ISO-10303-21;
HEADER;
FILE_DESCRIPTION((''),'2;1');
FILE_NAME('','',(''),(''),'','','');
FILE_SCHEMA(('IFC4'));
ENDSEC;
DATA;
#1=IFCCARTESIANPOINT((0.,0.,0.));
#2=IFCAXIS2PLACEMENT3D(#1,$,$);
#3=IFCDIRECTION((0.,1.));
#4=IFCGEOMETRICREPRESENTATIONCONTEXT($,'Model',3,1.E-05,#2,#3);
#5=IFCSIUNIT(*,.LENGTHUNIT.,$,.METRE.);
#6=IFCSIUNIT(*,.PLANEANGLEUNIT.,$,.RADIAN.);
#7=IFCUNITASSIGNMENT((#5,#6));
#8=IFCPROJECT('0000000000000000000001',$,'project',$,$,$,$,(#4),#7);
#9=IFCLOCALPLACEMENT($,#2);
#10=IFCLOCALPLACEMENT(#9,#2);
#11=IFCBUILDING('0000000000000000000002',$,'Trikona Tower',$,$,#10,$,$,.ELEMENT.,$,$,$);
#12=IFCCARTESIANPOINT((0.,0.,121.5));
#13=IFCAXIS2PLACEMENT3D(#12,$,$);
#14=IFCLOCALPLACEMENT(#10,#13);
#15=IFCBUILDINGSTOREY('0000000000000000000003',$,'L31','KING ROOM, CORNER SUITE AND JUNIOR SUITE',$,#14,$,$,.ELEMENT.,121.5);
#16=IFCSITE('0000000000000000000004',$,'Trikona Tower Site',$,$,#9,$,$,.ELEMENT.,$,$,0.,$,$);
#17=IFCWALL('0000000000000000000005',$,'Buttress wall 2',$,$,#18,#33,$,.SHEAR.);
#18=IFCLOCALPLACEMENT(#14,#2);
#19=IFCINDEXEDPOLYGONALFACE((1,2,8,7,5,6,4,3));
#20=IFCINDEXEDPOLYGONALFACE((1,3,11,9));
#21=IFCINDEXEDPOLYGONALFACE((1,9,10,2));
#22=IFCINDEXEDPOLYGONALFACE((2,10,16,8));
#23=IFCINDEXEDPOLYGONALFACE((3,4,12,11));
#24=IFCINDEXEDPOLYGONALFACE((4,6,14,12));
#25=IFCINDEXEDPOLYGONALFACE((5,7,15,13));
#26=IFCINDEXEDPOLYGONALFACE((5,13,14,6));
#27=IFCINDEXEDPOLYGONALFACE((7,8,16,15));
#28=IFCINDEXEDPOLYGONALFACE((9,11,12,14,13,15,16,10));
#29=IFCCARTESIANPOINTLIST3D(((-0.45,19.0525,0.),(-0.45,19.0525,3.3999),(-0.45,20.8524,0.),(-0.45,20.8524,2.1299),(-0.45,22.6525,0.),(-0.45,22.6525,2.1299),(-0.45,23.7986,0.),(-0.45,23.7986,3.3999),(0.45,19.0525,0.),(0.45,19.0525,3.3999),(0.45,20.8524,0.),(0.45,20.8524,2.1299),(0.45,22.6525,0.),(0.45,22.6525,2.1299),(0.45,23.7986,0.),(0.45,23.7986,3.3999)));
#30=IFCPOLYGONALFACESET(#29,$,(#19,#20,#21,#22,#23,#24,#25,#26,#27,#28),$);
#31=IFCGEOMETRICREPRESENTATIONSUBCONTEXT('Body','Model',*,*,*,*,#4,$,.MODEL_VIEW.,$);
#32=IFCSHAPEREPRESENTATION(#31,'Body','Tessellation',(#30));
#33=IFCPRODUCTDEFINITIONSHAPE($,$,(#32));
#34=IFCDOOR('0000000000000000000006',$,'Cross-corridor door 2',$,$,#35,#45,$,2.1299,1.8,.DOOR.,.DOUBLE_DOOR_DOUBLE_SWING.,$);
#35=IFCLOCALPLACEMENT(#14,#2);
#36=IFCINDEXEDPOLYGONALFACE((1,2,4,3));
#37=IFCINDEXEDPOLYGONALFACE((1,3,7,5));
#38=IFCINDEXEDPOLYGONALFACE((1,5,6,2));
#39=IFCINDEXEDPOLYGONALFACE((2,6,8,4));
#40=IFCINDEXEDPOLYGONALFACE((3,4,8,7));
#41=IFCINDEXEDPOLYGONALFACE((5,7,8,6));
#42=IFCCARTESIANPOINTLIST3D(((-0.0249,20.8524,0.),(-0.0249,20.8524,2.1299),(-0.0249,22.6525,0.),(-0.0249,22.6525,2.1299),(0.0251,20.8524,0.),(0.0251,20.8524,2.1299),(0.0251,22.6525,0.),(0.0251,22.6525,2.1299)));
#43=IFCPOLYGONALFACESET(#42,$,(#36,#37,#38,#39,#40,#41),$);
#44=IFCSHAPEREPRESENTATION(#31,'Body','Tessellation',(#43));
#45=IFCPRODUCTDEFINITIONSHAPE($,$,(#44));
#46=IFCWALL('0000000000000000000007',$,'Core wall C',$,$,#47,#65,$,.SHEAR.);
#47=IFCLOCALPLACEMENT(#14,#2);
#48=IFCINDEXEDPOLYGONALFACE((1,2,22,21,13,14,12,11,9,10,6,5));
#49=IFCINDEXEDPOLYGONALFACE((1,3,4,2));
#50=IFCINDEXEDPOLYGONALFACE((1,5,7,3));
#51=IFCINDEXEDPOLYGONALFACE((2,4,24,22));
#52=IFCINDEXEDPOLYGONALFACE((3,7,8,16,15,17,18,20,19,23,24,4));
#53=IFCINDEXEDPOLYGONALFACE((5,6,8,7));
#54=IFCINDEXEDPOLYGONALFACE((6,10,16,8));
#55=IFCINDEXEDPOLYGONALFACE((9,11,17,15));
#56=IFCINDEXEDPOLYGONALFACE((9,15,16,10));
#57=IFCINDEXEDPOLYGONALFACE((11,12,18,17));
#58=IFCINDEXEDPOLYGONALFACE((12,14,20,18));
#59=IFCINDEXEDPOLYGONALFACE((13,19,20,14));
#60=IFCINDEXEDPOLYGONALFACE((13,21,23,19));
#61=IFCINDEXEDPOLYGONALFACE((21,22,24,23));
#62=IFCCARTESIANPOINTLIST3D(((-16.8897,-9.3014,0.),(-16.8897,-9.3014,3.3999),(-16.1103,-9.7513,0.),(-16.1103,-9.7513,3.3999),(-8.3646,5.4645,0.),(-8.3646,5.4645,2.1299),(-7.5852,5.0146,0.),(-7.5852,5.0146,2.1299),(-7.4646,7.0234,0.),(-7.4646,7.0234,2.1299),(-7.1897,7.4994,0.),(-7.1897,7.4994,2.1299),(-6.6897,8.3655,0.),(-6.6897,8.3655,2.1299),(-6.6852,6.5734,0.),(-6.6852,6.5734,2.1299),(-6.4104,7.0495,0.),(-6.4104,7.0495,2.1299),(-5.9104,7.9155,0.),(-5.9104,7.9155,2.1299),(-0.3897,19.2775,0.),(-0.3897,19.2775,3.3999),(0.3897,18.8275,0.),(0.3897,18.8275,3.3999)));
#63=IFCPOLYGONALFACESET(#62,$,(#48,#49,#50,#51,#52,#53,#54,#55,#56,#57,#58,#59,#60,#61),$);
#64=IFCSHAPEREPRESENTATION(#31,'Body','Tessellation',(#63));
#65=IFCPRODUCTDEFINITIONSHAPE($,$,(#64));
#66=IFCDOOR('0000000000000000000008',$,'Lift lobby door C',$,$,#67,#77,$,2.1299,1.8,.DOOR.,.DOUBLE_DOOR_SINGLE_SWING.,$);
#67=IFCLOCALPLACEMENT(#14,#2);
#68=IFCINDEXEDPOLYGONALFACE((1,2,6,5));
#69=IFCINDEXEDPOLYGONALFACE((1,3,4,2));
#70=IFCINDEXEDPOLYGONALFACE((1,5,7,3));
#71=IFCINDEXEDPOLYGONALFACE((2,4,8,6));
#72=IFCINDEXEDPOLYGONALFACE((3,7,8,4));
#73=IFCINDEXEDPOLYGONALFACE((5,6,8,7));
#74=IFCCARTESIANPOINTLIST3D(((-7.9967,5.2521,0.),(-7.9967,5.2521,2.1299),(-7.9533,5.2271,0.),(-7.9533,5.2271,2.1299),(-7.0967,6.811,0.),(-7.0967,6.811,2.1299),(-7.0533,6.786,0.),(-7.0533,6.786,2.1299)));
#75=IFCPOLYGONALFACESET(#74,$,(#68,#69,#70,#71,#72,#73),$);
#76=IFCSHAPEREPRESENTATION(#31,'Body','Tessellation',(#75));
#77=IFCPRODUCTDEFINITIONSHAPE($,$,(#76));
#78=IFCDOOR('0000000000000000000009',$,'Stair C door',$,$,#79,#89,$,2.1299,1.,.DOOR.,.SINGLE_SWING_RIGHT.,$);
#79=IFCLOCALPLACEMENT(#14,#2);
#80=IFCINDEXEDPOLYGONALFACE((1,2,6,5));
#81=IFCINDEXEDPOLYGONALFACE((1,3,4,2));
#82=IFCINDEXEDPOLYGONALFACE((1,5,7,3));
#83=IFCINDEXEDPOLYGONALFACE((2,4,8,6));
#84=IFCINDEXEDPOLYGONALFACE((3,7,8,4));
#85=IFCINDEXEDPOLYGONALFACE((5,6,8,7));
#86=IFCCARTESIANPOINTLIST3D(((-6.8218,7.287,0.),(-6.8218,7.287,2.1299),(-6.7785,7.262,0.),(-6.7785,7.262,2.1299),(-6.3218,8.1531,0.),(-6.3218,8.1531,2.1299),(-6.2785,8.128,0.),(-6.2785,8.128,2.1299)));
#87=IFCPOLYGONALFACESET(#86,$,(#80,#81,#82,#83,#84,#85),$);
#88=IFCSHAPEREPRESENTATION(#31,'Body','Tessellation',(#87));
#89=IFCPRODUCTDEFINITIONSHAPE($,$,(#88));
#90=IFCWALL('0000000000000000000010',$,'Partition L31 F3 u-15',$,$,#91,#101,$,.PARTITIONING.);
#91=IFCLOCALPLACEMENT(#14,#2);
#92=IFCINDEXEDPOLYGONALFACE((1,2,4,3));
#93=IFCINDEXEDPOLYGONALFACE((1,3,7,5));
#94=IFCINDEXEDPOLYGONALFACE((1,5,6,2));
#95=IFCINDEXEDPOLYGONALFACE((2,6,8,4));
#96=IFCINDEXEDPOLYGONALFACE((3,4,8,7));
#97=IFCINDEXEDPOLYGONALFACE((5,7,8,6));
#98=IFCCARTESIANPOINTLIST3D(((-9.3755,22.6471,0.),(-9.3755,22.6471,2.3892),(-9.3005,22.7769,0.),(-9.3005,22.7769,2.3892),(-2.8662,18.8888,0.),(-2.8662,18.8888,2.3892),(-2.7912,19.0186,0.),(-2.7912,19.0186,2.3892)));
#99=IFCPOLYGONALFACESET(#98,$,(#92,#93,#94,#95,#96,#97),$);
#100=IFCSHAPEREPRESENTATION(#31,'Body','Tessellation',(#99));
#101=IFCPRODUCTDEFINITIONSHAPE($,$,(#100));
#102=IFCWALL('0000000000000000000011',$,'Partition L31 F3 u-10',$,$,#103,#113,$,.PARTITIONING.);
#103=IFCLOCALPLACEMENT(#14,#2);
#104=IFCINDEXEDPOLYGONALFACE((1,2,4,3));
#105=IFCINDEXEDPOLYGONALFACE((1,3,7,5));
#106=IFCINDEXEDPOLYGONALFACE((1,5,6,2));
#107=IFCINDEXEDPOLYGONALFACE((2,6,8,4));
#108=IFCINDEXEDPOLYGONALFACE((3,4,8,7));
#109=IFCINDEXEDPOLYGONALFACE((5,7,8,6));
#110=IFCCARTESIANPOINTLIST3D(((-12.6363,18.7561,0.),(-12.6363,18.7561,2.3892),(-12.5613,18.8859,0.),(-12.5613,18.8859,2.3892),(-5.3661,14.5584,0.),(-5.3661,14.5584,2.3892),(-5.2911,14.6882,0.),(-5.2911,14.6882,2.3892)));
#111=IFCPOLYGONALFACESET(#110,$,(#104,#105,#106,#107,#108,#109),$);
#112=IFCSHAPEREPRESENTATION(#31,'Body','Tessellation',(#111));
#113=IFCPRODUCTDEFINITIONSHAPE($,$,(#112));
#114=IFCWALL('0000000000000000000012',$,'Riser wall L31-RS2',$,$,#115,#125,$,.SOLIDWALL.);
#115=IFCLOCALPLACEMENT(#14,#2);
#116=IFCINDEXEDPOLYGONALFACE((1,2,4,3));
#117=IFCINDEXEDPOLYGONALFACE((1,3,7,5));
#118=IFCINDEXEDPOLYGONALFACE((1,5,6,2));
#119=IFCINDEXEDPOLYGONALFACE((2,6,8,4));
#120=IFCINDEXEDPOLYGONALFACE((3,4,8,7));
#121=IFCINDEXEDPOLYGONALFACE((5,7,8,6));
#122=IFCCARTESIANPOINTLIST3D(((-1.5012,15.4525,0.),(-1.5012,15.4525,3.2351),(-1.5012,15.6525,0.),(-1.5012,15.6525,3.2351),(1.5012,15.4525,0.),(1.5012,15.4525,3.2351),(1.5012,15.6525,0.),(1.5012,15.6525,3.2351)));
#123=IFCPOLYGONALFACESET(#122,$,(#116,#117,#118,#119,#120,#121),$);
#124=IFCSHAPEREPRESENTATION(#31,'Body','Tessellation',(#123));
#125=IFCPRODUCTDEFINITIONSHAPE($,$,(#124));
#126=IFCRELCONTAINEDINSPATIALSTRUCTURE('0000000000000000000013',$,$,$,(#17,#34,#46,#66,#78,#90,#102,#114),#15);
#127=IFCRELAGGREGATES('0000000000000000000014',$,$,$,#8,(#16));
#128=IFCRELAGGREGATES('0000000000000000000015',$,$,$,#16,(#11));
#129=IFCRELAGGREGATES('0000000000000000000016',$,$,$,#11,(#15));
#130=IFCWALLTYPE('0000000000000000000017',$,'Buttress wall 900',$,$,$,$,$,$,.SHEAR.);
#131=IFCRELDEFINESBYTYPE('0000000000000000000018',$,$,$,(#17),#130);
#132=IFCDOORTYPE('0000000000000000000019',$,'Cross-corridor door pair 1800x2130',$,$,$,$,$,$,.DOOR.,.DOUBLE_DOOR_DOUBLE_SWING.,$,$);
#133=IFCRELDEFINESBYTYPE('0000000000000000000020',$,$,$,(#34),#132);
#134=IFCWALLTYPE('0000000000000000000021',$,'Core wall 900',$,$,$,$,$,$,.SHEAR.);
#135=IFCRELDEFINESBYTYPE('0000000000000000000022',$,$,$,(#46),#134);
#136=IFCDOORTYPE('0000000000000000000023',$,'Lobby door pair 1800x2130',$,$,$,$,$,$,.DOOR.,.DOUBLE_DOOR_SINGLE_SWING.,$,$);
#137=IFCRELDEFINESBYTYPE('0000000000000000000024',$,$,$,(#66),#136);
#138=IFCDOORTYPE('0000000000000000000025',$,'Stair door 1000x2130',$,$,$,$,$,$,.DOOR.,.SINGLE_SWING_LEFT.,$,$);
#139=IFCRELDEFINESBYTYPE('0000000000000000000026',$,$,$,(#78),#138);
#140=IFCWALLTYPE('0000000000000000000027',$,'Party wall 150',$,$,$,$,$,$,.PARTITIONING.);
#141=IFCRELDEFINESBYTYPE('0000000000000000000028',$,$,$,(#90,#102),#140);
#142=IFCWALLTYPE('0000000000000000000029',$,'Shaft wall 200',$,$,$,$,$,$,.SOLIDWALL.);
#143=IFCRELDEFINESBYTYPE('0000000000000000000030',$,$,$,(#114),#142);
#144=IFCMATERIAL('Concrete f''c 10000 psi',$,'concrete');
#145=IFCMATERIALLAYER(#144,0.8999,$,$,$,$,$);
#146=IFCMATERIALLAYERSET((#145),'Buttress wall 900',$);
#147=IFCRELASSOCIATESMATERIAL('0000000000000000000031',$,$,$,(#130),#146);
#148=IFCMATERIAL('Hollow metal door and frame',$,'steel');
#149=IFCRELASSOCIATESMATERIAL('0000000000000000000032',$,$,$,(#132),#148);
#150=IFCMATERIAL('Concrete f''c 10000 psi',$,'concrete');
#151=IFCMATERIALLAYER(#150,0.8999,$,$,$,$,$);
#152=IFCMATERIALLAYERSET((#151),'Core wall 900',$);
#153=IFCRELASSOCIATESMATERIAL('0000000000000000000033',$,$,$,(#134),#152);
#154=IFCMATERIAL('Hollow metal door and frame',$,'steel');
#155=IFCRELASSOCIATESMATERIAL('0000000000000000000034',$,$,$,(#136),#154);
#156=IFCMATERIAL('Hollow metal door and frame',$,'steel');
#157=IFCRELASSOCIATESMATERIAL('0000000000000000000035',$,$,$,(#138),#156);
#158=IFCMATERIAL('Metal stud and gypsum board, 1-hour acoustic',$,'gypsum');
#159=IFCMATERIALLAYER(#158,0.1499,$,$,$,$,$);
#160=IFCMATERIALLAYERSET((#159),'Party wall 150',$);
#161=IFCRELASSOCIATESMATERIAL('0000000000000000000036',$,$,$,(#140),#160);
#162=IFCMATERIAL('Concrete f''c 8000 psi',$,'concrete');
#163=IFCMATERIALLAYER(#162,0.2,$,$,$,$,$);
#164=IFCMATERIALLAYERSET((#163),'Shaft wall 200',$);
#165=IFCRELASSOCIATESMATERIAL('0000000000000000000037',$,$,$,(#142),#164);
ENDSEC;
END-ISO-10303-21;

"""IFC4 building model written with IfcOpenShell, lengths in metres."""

from ifc_helpers import new_model, si_unit, direction, frame, frame_2d, origin, place, context, subcontext, project, spatial, rectangle, extrude, material, layer, layer_set, type_object, element, fill, save


model = new_model("IFC4")

# Units and contexts
model_context = context("Model", 3, precision=1e-05, world=origin(), true_north=direction((0.0, 1.0)))
body_context = subcontext(model_context, "Body", "Model", "MODEL_VIEW")
ifc_project = project(units=[si_unit("LENGTHUNIT", "METRE"), si_unit("PLANEANGLEUNIT", "RADIAN")], contexts=[model_context])

# Site, building, storey
site_placement = place(None, origin())
site = spatial("IfcSite", under=ifc_project, at=site_placement, Name="Trikona Tower Site", CompositionType="ELEMENT", RefElevation=0.0)
building_placement = place(site_placement, origin())
building = spatial("IfcBuilding", under=site, at=building_placement, Name="Trikona Tower", CompositionType="ELEMENT")
storey_placement = place(building_placement, frame((0.0, 0.0, 121.5)))
storey = spatial("IfcBuildingStorey", under=building, at=storey_placement, Name="L31", Description="KING ROOM, CORNER SUITE AND JUNIOR SUITE", CompositionType="ELEMENT", Elevation=121.5)

# Wall, opening, door
ifc_material_1 = material(Name="Concrete f'c 10000 psi", Category="concrete")
ifc_layer_1 = layer(ifc_material_1, 0.8999)
ifc_layer_set_1 = layer_set([ifc_layer_1], Name="Buttress wall 900")
wall_type_1 = type_object("IfcWallType", Name="Buttress wall 900", PredefinedType="SHEAR", material=ifc_layer_set_1)
wall_1_placement = place(storey_placement, frame((0.0, 19.0525, 0.0), z_axis=(0.0, 0.0, 1.0), x_axis=(0.0, 1.0, 0.0)))
wall_1 = element("IfcWall", 1, at=wall_1_placement, inside=storey, type_object=wall_type_1, Name="Buttress wall 2", PredefinedType="SHEAR", context=body_context, shape_type="SweptSolid", body=[
    extrude(rectangle(XDim=4.7461, YDim=0.8999, at=frame_2d((2.373, 0.0))), origin(), (0.0, 0.0, 1.0), 3.3999),
])
opening_1_placement = place(wall_1_placement, frame((1.8, 0.0, 0.0)))
opening_1 = element("IfcOpeningElement", 2, at=opening_1_placement, cuts=wall_1, PredefinedType="OPENING", context=body_context, shape_type="SweptSolid", body=[
    extrude(rectangle(XDim=1.8, YDim=2.1299, at=frame_2d((0.8999, 1.0649))), frame((0.0, 0.46, 0.0), z_axis=(0.0, -1.0, 0.0), x_axis=(1.0, 0.0, 0.0)), (0.0, 0.0, 1.0), 0.9199),
])
ifc_material_2 = material(Name="Hollow metal door and frame", Category="steel")
door_type_1 = type_object("IfcDoorType", Name="Cross-corridor door pair 1800x2130", OperationType="DOUBLE_DOOR_DOUBLE_SWING", PredefinedType="DOOR", material=ifc_material_2)
door_1_placement = place(opening_1_placement, origin())
door_1 = element("IfcDoor", 3, at=door_1_placement, inside=storey, type_object=door_type_1, Name="Cross-corridor door 2", OperationType="DOUBLE_DOOR_DOUBLE_SWING", OverallHeight=2.1299, OverallWidth=1.8, PredefinedType="DOOR", context=body_context, shape_type="SweptSolid", body=[
    extrude(rectangle(XDim=1.8, YDim=2.1299, at=frame_2d((0.8999, 1.0649))), frame((0.0, 0.0249, 0.0), z_axis=(0.0, -1.0, 0.0), x_axis=(1.0, 0.0, 0.0)), (0.0, 0.0, 1.0), 0.05),
])
fill(opening_1, door_1)

# Wall, openings, doors
ifc_material_3 = material(Name="Concrete f'c 10000 psi", Category="concrete")
ifc_layer_2 = layer(ifc_material_3, 0.8999)
ifc_layer_set_2 = layer_set([ifc_layer_2], Name="Core wall 900")
wall_type_2 = type_object("IfcWallType", Name="Core wall 900", PredefinedType="SHEAR", material=ifc_layer_set_2)
wall_2_placement = place(storey_placement, frame((0.0, 19.0525, 0.0), z_axis=(0.0, 0.0, 1.0), x_axis=(-0.5, -0.866026, 0.0)))
wall_2 = element("IfcWall", 4, at=wall_2_placement, inside=storey, type_object=wall_type_2, Name="Core wall C", PredefinedType="SHEAR", context=body_context, shape_type="SweptSolid", body=[
    extrude(rectangle(XDim=33.0, YDim=0.8999, at=frame_2d((16.5, 0.0))), origin(), (0.0, 0.0, 1.0), 3.3999),
])
opening_2_placement = place(wall_2_placement, frame((14.1499, 0.0, 0.0)))
opening_2 = element("IfcOpeningElement", 5, at=opening_2_placement, cuts=wall_2, PredefinedType="OPENING", context=body_context, shape_type="SweptSolid", body=[
    extrude(rectangle(XDim=1.8, YDim=2.1299, at=frame_2d((0.8999, 1.0649))), frame((0.0, 0.46, 0.0), z_axis=(0.0, -1.0, 0.0), x_axis=(1.0, 0.0, 0.0)), (0.0, 0.0, 1.0), 0.9199),
])
opening_3_placement = place(wall_2_placement, frame((12.6001, 0.0, 0.0)))
opening_3 = element("IfcOpeningElement", 6, at=opening_3_placement, cuts=wall_2, PredefinedType="OPENING", context=body_context, shape_type="SweptSolid", body=[
    extrude(rectangle(XDim=1.0, YDim=2.1299, at=frame_2d((0.5, 1.0649))), frame((0.0, 0.46, 0.0), z_axis=(0.0, -1.0, 0.0), x_axis=(1.0, 0.0, 0.0)), (0.0, 0.0, 1.0), 0.9199),
])
ifc_material_4 = material(Name="Hollow metal door and frame", Category="steel")
door_type_2 = type_object("IfcDoorType", Name="Lobby door pair 1800x2130", OperationType="DOUBLE_DOOR_SINGLE_SWING", PredefinedType="DOOR", material=ifc_material_4)
door_2_placement = place(opening_2_placement, origin())
door_2 = element("IfcDoor", 7, at=door_2_placement, inside=storey, type_object=door_type_2, Name="Lift lobby door C", OperationType="DOUBLE_DOOR_SINGLE_SWING", OverallHeight=2.1299, OverallWidth=1.8, PredefinedType="DOOR", context=body_context, shape_type="SweptSolid", body=[
    extrude(rectangle(XDim=1.8, YDim=2.1299, at=frame_2d((0.8999, 1.0649))), frame((0.0, 0.0249, 0.0), z_axis=(0.0, -1.0, 0.0), x_axis=(1.0, 0.0, 0.0)), (0.0, 0.0, 1.0), 0.05),
])
fill(opening_2, door_2)
ifc_material_5 = material(Name="Hollow metal door and frame", Category="steel")
door_type_3 = type_object("IfcDoorType", Name="Stair door 1000x2130", OperationType="SINGLE_SWING_LEFT", PredefinedType="DOOR", material=ifc_material_5)
door_3_placement = place(opening_3_placement, origin())
door_3 = element("IfcDoor", 8, at=door_3_placement, inside=storey, type_object=door_type_3, Name="Stair C door", OperationType="SINGLE_SWING_RIGHT", OverallHeight=2.1299, OverallWidth=1.0, PredefinedType="DOOR", context=body_context, shape_type="SweptSolid", body=[
    extrude(rectangle(XDim=1.0, YDim=2.1299, at=frame_2d((0.5, 1.0649))), frame((0.0, 0.0249, 0.0), z_axis=(0.0, -1.0, 0.0), x_axis=(1.0, 0.0, 0.0)), (0.0, 0.0, 1.0), 0.05),
])
fill(opening_3, door_3)

# Walls
ifc_material_6 = material(Name="Metal stud and gypsum board, 1-hour acoustic", Category="gypsum")
ifc_layer_3 = layer(ifc_material_6, 0.1499)
ifc_layer_set_3 = layer_set([ifc_layer_3], Name="Party wall 150")
wall_type_3 = type_object("IfcWallType", Name="Party wall 150", PredefinedType="PARTITIONING", material=ifc_layer_set_3)
wall_3_placement = place(storey_placement, frame((-2.8286, 18.9536, 0.0), z_axis=(0.0, 0.0, 1.0), x_axis=(-0.866016, 0.500017, 0.0)))
element("IfcWall", 9, at=wall_3_placement, inside=storey, type_object=wall_type_3, Name="Partition L31 F3 u-15", PredefinedType="PARTITIONING", context=body_context, shape_type="SweptSolid", body=[
    extrude(rectangle(XDim=7.5164, YDim=0.1499, at=frame_2d((3.7583, 0.0))), origin(), (0.0, 0.0, 1.0), 2.3892),
])
wall_4_placement = place(storey_placement, frame((-5.3286, 14.6233, 0.0), z_axis=(0.0, 0.0, 1.0), x_axis=(-0.866012, 0.500024, 0.0)))
element("IfcWall", 10, at=wall_4_placement, inside=storey, type_object=wall_type_3, Name="Partition L31 F3 u-10", PredefinedType="PARTITIONING", context=body_context, shape_type="SweptSolid", body=[
    extrude(rectangle(XDim=8.395, YDim=0.1499, at=frame_2d((4.1975, 0.0))), origin(), (0.0, 0.0, 1.0), 2.3892),
])
ifc_material_7 = material(Name="Concrete f'c 8000 psi", Category="concrete")
ifc_layer_4 = layer(ifc_material_7, 0.2)
ifc_layer_set_4 = layer_set([ifc_layer_4], Name="Shaft wall 200")
wall_type_4 = type_object("IfcWallType", Name="Shaft wall 200", PredefinedType="SOLIDWALL", material=ifc_layer_set_4)
wall_5_placement = place(storey_placement, frame((-1.5012, 15.5525, 0.0), z_axis=(0.0, 0.0, 1.0), x_axis=(1.0, 0.0, 0.0)))
element("IfcWall", 11, at=wall_5_placement, inside=storey, type_object=wall_type_4, Name="Riser wall L31-RS2", PredefinedType="SOLIDWALL", context=body_context, shape_type="SweptSolid", body=[
    extrude(rectangle(XDim=3.0024, YDim=0.2, at=frame_2d((1.5012, 0.0))), origin(), (0.0, 0.0, 1.0), 3.2351),
])

save(model, "model.ifc")
